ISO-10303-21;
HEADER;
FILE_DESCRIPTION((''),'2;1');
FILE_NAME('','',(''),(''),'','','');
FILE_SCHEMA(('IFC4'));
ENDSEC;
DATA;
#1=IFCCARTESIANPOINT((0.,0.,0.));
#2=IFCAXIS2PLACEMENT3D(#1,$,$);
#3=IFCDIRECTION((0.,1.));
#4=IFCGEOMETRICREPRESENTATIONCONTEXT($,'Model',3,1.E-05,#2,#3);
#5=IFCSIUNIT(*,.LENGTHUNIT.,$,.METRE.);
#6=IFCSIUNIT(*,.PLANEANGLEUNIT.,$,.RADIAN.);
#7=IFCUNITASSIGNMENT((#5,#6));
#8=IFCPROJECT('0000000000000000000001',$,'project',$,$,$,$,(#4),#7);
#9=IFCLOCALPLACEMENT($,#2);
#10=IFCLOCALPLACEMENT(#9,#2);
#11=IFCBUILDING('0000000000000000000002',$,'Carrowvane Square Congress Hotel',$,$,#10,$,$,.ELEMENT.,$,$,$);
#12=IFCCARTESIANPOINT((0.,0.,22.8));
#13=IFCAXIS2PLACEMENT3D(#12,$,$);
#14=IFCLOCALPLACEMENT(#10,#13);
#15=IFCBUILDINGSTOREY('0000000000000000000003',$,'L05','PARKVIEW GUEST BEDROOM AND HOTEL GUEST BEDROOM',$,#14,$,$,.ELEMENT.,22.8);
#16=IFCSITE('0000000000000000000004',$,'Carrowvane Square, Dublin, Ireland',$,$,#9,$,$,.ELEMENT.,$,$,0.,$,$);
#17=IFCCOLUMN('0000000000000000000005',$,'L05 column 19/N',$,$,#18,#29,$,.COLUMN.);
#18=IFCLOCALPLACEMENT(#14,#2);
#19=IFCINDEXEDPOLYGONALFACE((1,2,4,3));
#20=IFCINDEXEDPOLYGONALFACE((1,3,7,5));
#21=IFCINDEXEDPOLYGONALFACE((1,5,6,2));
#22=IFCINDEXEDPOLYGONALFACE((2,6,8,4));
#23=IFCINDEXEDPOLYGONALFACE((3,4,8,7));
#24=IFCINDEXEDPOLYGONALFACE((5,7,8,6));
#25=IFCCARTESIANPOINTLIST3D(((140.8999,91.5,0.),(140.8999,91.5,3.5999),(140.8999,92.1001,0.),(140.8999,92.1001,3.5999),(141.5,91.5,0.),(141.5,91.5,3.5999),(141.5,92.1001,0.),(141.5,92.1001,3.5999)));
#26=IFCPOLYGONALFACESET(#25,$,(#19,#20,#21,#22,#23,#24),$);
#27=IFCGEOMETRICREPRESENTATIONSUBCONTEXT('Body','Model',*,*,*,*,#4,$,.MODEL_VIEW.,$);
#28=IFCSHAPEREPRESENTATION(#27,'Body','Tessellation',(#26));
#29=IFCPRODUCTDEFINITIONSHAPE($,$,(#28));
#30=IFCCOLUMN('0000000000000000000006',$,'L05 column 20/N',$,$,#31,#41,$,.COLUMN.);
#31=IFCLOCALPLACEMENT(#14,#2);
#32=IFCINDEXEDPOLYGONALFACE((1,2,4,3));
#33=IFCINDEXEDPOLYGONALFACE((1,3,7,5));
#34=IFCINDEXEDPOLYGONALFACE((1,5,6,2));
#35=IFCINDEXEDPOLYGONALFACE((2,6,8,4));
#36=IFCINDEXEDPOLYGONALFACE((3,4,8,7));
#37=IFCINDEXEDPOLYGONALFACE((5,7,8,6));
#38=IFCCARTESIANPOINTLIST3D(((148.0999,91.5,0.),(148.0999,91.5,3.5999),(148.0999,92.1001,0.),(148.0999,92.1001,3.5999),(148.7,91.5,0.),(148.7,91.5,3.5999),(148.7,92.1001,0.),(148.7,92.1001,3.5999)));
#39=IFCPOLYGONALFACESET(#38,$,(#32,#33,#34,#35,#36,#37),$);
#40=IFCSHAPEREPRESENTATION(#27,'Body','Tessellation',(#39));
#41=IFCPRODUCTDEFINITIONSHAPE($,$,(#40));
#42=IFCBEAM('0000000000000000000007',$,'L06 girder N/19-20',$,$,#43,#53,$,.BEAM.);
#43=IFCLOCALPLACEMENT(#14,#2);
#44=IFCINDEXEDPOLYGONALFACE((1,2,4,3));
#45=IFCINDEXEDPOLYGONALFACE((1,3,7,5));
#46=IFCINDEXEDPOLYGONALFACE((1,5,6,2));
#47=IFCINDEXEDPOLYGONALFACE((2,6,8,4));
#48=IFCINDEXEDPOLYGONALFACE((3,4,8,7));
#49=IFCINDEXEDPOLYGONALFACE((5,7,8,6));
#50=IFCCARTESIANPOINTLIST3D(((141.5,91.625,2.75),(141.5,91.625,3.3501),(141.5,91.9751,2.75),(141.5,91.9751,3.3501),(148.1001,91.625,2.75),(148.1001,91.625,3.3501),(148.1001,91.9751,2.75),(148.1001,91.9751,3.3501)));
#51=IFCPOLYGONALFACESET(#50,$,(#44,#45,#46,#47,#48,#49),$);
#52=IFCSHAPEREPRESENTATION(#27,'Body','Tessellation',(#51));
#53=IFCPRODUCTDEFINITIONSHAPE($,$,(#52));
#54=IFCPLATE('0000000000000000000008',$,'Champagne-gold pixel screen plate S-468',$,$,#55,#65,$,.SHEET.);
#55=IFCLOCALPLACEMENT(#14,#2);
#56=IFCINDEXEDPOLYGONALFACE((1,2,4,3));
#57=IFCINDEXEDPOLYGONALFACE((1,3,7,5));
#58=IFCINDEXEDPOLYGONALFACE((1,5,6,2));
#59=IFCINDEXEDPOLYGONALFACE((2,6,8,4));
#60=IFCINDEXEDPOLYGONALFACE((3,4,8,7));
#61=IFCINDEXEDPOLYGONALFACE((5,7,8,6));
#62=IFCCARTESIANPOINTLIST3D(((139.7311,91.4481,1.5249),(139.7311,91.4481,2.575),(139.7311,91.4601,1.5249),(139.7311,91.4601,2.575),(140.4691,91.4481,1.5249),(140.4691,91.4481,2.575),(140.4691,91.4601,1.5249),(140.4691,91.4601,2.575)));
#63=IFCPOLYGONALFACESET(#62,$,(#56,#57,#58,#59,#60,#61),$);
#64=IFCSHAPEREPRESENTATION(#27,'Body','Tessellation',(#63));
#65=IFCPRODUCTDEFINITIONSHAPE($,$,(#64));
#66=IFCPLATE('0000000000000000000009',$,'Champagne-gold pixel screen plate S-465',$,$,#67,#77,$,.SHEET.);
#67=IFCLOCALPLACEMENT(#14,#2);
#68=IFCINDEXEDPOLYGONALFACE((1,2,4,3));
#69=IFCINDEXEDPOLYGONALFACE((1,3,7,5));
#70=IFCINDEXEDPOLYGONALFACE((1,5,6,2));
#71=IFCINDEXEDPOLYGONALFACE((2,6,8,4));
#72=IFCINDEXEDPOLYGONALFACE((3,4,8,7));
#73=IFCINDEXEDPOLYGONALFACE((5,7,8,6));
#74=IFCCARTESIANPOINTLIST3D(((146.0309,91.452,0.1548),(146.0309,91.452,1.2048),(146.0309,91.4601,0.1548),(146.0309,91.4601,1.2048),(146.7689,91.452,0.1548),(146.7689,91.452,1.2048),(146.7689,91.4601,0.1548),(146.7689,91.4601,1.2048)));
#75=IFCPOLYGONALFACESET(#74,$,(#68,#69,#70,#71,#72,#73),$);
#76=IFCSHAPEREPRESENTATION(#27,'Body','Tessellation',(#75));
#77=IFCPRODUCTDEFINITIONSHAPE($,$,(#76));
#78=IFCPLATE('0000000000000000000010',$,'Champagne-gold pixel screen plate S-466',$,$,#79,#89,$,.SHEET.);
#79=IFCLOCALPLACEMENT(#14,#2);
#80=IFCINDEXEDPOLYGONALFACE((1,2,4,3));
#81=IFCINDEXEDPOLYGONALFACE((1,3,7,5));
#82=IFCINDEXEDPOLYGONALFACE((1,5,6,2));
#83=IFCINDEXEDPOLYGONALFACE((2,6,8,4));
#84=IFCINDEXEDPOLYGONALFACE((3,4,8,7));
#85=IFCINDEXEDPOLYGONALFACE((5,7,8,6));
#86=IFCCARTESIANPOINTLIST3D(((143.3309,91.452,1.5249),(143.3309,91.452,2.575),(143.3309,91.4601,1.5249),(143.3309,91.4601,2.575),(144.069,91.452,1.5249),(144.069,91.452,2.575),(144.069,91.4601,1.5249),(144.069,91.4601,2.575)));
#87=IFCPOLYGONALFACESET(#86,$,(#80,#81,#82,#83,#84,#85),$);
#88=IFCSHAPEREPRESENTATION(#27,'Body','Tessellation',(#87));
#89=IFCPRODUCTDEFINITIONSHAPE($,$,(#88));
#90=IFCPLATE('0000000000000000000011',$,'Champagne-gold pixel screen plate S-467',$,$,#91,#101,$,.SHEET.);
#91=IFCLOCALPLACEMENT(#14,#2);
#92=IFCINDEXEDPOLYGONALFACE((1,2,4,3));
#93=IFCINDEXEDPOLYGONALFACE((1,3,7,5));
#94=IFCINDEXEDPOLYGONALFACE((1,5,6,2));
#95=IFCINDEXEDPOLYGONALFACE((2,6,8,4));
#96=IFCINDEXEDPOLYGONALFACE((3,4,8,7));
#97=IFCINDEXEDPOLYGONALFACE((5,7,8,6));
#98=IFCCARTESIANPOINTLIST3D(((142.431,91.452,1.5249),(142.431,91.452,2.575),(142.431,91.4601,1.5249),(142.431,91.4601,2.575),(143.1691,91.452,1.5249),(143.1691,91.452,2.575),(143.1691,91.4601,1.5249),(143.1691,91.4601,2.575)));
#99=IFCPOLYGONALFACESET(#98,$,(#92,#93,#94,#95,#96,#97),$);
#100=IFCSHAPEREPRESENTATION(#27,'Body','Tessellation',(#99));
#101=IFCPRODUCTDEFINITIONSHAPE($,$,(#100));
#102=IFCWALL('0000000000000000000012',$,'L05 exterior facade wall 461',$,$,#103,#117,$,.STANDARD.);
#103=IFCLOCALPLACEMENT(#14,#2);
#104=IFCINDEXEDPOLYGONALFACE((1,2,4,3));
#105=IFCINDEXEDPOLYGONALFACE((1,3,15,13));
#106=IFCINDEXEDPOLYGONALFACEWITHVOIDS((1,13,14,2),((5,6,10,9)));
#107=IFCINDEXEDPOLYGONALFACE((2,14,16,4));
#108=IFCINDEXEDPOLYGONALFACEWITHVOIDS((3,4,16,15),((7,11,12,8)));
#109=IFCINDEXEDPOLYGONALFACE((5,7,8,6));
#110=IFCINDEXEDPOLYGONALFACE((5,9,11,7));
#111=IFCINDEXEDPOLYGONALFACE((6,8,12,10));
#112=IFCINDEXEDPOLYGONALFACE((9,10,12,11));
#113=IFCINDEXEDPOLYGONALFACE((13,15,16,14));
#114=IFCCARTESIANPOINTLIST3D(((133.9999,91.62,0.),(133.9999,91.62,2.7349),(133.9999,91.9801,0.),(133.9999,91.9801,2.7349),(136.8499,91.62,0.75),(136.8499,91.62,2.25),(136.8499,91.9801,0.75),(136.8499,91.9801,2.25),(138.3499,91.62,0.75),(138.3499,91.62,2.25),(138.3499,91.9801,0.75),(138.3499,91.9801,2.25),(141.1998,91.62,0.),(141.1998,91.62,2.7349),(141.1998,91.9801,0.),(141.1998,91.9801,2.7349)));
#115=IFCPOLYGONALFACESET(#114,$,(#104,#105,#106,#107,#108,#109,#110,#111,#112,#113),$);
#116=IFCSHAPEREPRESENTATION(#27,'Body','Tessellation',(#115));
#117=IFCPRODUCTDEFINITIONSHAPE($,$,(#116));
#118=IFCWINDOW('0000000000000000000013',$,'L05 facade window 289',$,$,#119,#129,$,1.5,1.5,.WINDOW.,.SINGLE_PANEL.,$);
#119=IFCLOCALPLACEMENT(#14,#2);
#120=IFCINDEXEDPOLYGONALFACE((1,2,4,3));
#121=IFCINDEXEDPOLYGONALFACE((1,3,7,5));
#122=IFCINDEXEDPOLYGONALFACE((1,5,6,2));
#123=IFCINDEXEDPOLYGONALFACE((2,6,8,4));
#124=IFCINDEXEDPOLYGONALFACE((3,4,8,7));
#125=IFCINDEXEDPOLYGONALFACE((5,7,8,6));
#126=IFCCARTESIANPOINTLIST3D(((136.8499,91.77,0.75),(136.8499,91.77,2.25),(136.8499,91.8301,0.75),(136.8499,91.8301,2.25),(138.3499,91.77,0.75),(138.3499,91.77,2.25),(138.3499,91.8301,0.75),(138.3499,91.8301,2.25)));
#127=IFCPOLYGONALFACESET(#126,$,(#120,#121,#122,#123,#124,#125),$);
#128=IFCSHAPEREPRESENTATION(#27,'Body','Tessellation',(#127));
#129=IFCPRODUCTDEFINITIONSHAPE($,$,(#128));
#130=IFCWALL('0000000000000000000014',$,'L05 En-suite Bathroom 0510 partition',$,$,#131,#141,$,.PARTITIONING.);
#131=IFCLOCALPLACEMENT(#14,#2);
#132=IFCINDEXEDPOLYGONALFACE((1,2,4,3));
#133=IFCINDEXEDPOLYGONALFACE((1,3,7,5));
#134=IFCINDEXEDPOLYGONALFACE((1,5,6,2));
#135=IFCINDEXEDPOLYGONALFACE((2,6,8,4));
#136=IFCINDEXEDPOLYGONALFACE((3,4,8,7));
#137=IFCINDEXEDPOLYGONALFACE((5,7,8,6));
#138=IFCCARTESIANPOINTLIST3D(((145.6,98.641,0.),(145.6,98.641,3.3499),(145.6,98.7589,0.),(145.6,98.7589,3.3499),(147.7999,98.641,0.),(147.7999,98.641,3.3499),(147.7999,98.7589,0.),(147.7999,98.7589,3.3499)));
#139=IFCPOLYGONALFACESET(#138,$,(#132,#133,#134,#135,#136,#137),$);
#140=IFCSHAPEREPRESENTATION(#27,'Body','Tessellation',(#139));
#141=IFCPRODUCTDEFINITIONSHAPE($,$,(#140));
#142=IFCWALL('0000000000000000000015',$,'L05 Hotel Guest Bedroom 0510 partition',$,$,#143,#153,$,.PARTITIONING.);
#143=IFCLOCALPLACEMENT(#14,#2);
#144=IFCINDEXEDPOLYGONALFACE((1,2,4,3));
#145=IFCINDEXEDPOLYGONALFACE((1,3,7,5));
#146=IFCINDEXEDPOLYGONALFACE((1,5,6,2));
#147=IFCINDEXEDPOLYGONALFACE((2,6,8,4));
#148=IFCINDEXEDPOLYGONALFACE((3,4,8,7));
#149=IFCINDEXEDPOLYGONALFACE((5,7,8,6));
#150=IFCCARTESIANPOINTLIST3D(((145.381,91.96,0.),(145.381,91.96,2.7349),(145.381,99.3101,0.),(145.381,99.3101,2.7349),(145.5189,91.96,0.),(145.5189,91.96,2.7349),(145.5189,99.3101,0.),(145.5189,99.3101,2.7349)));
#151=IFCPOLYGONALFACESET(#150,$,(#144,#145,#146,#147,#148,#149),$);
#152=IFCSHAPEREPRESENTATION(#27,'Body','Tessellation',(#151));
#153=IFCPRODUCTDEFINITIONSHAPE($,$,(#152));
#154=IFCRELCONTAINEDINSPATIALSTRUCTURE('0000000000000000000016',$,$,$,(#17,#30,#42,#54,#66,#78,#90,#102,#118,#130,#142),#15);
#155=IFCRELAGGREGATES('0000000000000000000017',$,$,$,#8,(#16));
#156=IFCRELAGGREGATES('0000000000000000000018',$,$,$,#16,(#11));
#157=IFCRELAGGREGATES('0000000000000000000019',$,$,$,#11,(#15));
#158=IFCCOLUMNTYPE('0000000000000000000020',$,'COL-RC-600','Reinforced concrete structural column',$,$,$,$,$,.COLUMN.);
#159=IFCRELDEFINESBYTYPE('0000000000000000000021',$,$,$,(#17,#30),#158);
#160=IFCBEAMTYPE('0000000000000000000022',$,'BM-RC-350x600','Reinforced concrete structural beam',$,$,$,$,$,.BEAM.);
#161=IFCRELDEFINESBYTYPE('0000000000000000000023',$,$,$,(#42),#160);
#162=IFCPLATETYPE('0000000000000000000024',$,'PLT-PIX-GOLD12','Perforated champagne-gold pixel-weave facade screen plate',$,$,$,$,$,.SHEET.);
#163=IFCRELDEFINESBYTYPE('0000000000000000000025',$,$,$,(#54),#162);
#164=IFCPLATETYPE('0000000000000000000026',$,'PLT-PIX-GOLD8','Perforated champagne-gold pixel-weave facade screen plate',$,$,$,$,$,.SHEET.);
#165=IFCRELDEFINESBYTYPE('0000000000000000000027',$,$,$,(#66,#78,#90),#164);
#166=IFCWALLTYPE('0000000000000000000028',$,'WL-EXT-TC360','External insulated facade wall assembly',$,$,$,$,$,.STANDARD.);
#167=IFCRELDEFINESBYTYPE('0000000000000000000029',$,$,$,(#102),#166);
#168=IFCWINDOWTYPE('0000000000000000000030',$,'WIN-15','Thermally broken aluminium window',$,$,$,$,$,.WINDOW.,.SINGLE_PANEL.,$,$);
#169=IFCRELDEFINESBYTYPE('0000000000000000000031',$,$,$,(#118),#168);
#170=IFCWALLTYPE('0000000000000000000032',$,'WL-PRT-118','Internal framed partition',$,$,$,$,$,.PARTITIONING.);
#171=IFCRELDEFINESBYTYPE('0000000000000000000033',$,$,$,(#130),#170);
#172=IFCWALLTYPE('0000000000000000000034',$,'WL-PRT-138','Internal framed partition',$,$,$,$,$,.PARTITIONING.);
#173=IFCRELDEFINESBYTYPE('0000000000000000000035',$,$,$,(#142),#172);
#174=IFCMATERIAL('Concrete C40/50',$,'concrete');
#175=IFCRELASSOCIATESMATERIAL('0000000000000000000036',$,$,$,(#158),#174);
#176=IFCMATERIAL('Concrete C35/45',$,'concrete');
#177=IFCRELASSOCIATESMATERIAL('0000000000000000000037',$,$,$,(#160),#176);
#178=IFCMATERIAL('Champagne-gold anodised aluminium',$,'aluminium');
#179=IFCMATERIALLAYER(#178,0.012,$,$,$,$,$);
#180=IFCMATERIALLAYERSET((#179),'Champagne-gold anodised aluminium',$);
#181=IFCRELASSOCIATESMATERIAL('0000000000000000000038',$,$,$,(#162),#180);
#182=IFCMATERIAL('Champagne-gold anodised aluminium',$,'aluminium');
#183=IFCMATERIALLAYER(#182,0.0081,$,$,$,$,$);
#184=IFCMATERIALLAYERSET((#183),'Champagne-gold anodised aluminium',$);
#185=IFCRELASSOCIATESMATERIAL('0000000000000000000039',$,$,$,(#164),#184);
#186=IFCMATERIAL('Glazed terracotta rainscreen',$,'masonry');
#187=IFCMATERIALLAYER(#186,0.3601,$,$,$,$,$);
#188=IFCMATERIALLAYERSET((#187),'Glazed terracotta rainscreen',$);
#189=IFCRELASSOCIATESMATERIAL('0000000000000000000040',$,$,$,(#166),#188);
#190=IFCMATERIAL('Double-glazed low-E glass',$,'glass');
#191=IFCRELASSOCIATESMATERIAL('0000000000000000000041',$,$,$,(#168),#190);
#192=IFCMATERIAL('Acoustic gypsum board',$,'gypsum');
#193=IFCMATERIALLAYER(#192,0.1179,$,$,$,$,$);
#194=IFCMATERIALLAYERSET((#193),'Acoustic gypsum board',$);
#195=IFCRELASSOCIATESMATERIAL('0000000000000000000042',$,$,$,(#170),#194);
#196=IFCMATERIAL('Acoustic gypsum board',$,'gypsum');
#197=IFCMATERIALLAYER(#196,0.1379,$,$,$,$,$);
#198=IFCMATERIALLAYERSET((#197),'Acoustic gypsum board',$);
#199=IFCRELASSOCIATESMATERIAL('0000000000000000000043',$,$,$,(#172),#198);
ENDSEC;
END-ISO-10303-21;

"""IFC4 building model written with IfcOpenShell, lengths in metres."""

from ifc_helpers import new_model, si_unit, direction, frame, frame_2d, origin, origin_2d, place, context, subcontext, project, spatial, rectangle, extrude, material, layer, layer_set, material_profile, profile_set, type_object, element, fill, save


model = new_model("IFC4")

# Units and contexts
model_context = context("Model", 3, precision=1e-05, world=origin(), true_north=direction((0.0, 1.0)))
body_context = subcontext(model_context, "Body", "Model", "MODEL_VIEW")
ifc_project = project(units=[si_unit("LENGTHUNIT", "METRE"), si_unit("PLANEANGLEUNIT", "RADIAN")], contexts=[model_context])

# Site, building, storey
site_placement = place(None, origin())
site = spatial("IfcSite", under=ifc_project, at=site_placement, Name="Carrowvane Square, Dublin, Ireland", CompositionType="ELEMENT", RefElevation=0.0)
building_placement = place(site_placement, origin())
building = spatial("IfcBuilding", under=site, at=building_placement, Name="Carrowvane Square Congress Hotel", CompositionType="ELEMENT")
storey_placement = place(building_placement, frame((0.0, 0.0, 22.8)))
storey = spatial("IfcBuildingStorey", under=building, at=storey_placement, Name="L05", Description="PARKVIEW GUEST BEDROOM AND HOTEL GUEST BEDROOM", CompositionType="ELEMENT", Elevation=22.8)

# Columns
ifc_material_1 = material(Name="Concrete C40/50", Category="concrete")
ifc_material_profile_1 = material_profile(ifc_material_1, rectangle(XDim=0.6001, YDim=0.6001, at=origin_2d()), Name="RC 600x600")
ifc_profile_set_1 = profile_set([ifc_material_profile_1], Name="Concrete C40/50")
column_type = type_object("IfcColumnType", Name="COL-RC-600", Description="Reinforced concrete structural column", PredefinedType="COLUMN", material=ifc_profile_set_1)
for number, where, z_axis, x_axis, name in (
    (1, (141.2, 91.8, 0.0), (0.0, 0.0, 1.0), (1.0, 0.0, 0.0), "L05 column 19/N"),
    (2, (148.3999, 91.8, 0.0), (0.0, 0.0, 1.0), (1.0, 0.0, 0.0), "L05 column 20/N"),
):
    element("IfcColumn", number, at=place(storey_placement, frame(where, z_axis=z_axis, x_axis=x_axis)), inside=storey, type_object=column_type, Name=name, PredefinedType="COLUMN", context=body_context, shape_type="SweptSolid", body=[
        extrude(rectangle(XDim=0.6001, YDim=0.6001, at=origin_2d()), origin(), (0.0, 0.0, 1.0), 3.5999),
    ])

# Beam
ifc_material_2 = material(Name="Concrete C35/45", Category="concrete")
ifc_material_profile_2 = material_profile(ifc_material_2, rectangle(XDim=0.3501, YDim=0.6001, at=origin_2d()), Name="RC 350x600")
ifc_profile_set_2 = profile_set([ifc_material_profile_2], Name="Concrete C35/45")
beam_type = type_object("IfcBeamType", Name="BM-RC-350x600", Description="Reinforced concrete structural beam", PredefinedType="BEAM", material=ifc_profile_set_2)
beam_placement = place(storey_placement, frame((141.5, 91.8, 3.05), z_axis=(1.0, 0.0, 0.0), x_axis=(0.0, 1.0, 0.0)))
element("IfcBeam", 3, at=beam_placement, inside=storey, type_object=beam_type, Name="L06 girder N/19-20", PredefinedType="BEAM", context=body_context, shape_type="SweptSolid", body=[
    extrude(rectangle(XDim=0.3501, YDim=0.6001, at=origin_2d()), origin(), (0.0, 0.0, 1.0), 6.6001),
])

# Plates
ifc_material_3 = material(Name="Champagne-gold anodised aluminium", Category="aluminium")
ifc_layer_1 = layer(ifc_material_3, 0.012)
ifc_layer_set_1 = layer_set([ifc_layer_1], Name="Champagne-gold anodised aluminium")
plate_type_1 = type_object("IfcPlateType", Name="PLT-PIX-GOLD12", Description="Perforated champagne-gold pixel-weave facade screen plate", PredefinedType="SHEET", material=ifc_layer_set_1)
plate_placement = place(storey_placement, frame((140.1001, 91.4541, 1.5249), z_axis=(0.0, 0.0, 1.0), x_axis=(-1.0, 0.0, 0.0)))
element("IfcPlate", 4, at=plate_placement, inside=storey, type_object=plate_type_1, Name="Champagne-gold pixel screen plate S-468", PredefinedType="SHEET", context=body_context, shape_type="SweptSolid", body=[
    extrude(rectangle(XDim=0.738, YDim=0.012, at=origin_2d()), origin(), (0.0, 0.0, 1.0), 1.05),
])
ifc_material_4 = material(Name="Champagne-gold anodised aluminium", Category="aluminium")
ifc_layer_2 = layer(ifc_material_4, 0.0081)
ifc_layer_set_2 = layer_set([ifc_layer_2], Name="Champagne-gold anodised aluminium")
plate_type_2 = type_object("IfcPlateType", Name="PLT-PIX-GOLD8", Description="Perforated champagne-gold pixel-weave facade screen plate", PredefinedType="SHEET", material=ifc_layer_set_2)
for number, where, z_axis, x_axis, name in (
    (5, (146.3999, 91.4561, 0.1548), (0.0, 0.0, 1.0), (-1.0, 0.0, 0.0), "Champagne-gold pixel screen plate S-465"),
    (6, (143.7, 91.4561, 1.5249), (0.0, 0.0, 1.0), (-1.0, 0.0, 0.0), "Champagne-gold pixel screen plate S-466"),
    (7, (142.8, 91.4561, 1.5249), (0.0, 0.0, 1.0), (-1.0, 0.0, 0.0), "Champagne-gold pixel screen plate S-467"),
):
    element("IfcPlate", number, at=place(storey_placement, frame(where, z_axis=z_axis, x_axis=x_axis)), inside=storey, type_object=plate_type_2, Name=name, PredefinedType="SHEET", context=body_context, shape_type="SweptSolid", body=[
        extrude(rectangle(XDim=0.738, YDim=0.0081, at=origin_2d()), origin(), (0.0, 0.0, 1.0), 1.05),
    ])

# Wall, opening, window
ifc_material_5 = material(Name="Glazed terracotta rainscreen", Category="masonry")
ifc_layer_3 = layer(ifc_material_5, 0.3601)
ifc_layer_set_3 = layer_set([ifc_layer_3], Name="Glazed terracotta rainscreen")
wall_type_1 = type_object("IfcWallType", Name="WL-EXT-TC360", Description="External insulated facade wall assembly", PredefinedType="STANDARD", material=ifc_layer_set_3)
wall_1_placement = place(storey_placement, frame((141.2, 91.8, 0.0), z_axis=(0.0, 0.0, 1.0), x_axis=(-1.0, 0.0, 0.0)))
wall_1 = element("IfcWall", 8, at=wall_1_placement, inside=storey, type_object=wall_type_1, Name="L05 exterior facade wall 461", PredefinedType="STANDARD", context=body_context, shape_type="SweptSolid", body=[
    extrude(rectangle(XDim=7.2, YDim=0.3601, at=frame_2d((3.6001, 0.0))), origin(), (0.0, 0.0, 1.0), 2.7349),
])
opening_1_placement = place(wall_1_placement, frame((2.8501, 0.0, 0.75)))
opening_1 = element("IfcOpeningElement", 9, at=opening_1_placement, cuts=wall_1, PredefinedType="OPENING", context=body_context, shape_type="SweptSolid", body=[
    extrude(rectangle(XDim=1.5, YDim=1.5, at=frame_2d((0.75, 0.75))), frame((0.0, 0.1899, 0.0), z_axis=(0.0, -1.0, 0.0), x_axis=(1.0, 0.0, 0.0)), (0.0, 0.0, 1.0), 0.3801),
])
ifc_material_6 = material(Name="Double-glazed low-E glass", Category="glass")
window_type = type_object("IfcWindowType", Name="WIN-15", Description="Thermally broken aluminium window", PartitioningType="SINGLE_PANEL", PredefinedType="WINDOW", material=ifc_material_6)
window_placement = place(opening_1_placement, origin())
window = element("IfcWindow", 10, at=window_placement, inside=storey, type_object=window_type, Name="L05 facade window 289", OverallHeight=1.5, OverallWidth=1.5, PartitioningType="SINGLE_PANEL", PredefinedType="WINDOW", context=body_context, shape_type="SweptSolid", body=[
    extrude(rectangle(XDim=1.5, YDim=1.5, at=frame_2d((0.75, 0.75))), frame((0.0, 0.03, 0.0), z_axis=(0.0, -1.0, 0.0), x_axis=(1.0, 0.0, 0.0)), (0.0, 0.0, 1.0), 0.0601),
])
fill(opening_1, window)

# Walls
ifc_material_7 = material(Name="Acoustic gypsum board", Category="gypsum")
ifc_layer_4 = layer(ifc_material_7, 0.1179)
ifc_layer_set_4 = layer_set([ifc_layer_4], Name="Acoustic gypsum board")
wall_type_2 = type_object("IfcWallType", Name="WL-PRT-118", Description="Internal framed partition", PredefinedType="PARTITIONING", material=ifc_layer_set_4)
wall_2_placement = place(storey_placement, frame((147.8, 98.7, 0.0), z_axis=(0.0, 0.0, 1.0), x_axis=(-1.0, 0.0, 0.0)))
element("IfcWall", 11, at=wall_2_placement, inside=storey, type_object=wall_type_2, Name="L05 En-suite Bathroom 0510 partition", PredefinedType="PARTITIONING", context=body_context, shape_type="SweptSolid", body=[
    extrude(rectangle(XDim=2.2, YDim=0.1179, at=frame_2d((1.1001, 0.0))), origin(), (0.0, 0.0, 1.0), 3.3499),
])
ifc_material_8 = material(Name="Acoustic gypsum board", Category="gypsum")
ifc_layer_5 = layer(ifc_material_8, 0.1379)
ifc_layer_set_5 = layer_set([ifc_layer_5], Name="Acoustic gypsum board")
wall_type_3 = type_object("IfcWallType", Name="WL-PRT-138", Description="Internal framed partition", PredefinedType="PARTITIONING", material=ifc_layer_set_5)
wall_3_placement = place(storey_placement, frame((145.45, 91.96, 0.0), z_axis=(0.0, 0.0, 1.0), x_axis=(0.0, 1.0, 0.0)))
element("IfcWall", 12, at=wall_3_placement, inside=storey, type_object=wall_type_3, Name="L05 Hotel Guest Bedroom 0510 partition", PredefinedType="PARTITIONING", context=body_context, shape_type="SweptSolid", body=[
    extrude(rectangle(XDim=7.3501, YDim=0.1379, at=frame_2d((3.675, 0.0))), origin(), (0.0, 0.0, 1.0), 2.7349),
])

save(model, "model.ifc")
